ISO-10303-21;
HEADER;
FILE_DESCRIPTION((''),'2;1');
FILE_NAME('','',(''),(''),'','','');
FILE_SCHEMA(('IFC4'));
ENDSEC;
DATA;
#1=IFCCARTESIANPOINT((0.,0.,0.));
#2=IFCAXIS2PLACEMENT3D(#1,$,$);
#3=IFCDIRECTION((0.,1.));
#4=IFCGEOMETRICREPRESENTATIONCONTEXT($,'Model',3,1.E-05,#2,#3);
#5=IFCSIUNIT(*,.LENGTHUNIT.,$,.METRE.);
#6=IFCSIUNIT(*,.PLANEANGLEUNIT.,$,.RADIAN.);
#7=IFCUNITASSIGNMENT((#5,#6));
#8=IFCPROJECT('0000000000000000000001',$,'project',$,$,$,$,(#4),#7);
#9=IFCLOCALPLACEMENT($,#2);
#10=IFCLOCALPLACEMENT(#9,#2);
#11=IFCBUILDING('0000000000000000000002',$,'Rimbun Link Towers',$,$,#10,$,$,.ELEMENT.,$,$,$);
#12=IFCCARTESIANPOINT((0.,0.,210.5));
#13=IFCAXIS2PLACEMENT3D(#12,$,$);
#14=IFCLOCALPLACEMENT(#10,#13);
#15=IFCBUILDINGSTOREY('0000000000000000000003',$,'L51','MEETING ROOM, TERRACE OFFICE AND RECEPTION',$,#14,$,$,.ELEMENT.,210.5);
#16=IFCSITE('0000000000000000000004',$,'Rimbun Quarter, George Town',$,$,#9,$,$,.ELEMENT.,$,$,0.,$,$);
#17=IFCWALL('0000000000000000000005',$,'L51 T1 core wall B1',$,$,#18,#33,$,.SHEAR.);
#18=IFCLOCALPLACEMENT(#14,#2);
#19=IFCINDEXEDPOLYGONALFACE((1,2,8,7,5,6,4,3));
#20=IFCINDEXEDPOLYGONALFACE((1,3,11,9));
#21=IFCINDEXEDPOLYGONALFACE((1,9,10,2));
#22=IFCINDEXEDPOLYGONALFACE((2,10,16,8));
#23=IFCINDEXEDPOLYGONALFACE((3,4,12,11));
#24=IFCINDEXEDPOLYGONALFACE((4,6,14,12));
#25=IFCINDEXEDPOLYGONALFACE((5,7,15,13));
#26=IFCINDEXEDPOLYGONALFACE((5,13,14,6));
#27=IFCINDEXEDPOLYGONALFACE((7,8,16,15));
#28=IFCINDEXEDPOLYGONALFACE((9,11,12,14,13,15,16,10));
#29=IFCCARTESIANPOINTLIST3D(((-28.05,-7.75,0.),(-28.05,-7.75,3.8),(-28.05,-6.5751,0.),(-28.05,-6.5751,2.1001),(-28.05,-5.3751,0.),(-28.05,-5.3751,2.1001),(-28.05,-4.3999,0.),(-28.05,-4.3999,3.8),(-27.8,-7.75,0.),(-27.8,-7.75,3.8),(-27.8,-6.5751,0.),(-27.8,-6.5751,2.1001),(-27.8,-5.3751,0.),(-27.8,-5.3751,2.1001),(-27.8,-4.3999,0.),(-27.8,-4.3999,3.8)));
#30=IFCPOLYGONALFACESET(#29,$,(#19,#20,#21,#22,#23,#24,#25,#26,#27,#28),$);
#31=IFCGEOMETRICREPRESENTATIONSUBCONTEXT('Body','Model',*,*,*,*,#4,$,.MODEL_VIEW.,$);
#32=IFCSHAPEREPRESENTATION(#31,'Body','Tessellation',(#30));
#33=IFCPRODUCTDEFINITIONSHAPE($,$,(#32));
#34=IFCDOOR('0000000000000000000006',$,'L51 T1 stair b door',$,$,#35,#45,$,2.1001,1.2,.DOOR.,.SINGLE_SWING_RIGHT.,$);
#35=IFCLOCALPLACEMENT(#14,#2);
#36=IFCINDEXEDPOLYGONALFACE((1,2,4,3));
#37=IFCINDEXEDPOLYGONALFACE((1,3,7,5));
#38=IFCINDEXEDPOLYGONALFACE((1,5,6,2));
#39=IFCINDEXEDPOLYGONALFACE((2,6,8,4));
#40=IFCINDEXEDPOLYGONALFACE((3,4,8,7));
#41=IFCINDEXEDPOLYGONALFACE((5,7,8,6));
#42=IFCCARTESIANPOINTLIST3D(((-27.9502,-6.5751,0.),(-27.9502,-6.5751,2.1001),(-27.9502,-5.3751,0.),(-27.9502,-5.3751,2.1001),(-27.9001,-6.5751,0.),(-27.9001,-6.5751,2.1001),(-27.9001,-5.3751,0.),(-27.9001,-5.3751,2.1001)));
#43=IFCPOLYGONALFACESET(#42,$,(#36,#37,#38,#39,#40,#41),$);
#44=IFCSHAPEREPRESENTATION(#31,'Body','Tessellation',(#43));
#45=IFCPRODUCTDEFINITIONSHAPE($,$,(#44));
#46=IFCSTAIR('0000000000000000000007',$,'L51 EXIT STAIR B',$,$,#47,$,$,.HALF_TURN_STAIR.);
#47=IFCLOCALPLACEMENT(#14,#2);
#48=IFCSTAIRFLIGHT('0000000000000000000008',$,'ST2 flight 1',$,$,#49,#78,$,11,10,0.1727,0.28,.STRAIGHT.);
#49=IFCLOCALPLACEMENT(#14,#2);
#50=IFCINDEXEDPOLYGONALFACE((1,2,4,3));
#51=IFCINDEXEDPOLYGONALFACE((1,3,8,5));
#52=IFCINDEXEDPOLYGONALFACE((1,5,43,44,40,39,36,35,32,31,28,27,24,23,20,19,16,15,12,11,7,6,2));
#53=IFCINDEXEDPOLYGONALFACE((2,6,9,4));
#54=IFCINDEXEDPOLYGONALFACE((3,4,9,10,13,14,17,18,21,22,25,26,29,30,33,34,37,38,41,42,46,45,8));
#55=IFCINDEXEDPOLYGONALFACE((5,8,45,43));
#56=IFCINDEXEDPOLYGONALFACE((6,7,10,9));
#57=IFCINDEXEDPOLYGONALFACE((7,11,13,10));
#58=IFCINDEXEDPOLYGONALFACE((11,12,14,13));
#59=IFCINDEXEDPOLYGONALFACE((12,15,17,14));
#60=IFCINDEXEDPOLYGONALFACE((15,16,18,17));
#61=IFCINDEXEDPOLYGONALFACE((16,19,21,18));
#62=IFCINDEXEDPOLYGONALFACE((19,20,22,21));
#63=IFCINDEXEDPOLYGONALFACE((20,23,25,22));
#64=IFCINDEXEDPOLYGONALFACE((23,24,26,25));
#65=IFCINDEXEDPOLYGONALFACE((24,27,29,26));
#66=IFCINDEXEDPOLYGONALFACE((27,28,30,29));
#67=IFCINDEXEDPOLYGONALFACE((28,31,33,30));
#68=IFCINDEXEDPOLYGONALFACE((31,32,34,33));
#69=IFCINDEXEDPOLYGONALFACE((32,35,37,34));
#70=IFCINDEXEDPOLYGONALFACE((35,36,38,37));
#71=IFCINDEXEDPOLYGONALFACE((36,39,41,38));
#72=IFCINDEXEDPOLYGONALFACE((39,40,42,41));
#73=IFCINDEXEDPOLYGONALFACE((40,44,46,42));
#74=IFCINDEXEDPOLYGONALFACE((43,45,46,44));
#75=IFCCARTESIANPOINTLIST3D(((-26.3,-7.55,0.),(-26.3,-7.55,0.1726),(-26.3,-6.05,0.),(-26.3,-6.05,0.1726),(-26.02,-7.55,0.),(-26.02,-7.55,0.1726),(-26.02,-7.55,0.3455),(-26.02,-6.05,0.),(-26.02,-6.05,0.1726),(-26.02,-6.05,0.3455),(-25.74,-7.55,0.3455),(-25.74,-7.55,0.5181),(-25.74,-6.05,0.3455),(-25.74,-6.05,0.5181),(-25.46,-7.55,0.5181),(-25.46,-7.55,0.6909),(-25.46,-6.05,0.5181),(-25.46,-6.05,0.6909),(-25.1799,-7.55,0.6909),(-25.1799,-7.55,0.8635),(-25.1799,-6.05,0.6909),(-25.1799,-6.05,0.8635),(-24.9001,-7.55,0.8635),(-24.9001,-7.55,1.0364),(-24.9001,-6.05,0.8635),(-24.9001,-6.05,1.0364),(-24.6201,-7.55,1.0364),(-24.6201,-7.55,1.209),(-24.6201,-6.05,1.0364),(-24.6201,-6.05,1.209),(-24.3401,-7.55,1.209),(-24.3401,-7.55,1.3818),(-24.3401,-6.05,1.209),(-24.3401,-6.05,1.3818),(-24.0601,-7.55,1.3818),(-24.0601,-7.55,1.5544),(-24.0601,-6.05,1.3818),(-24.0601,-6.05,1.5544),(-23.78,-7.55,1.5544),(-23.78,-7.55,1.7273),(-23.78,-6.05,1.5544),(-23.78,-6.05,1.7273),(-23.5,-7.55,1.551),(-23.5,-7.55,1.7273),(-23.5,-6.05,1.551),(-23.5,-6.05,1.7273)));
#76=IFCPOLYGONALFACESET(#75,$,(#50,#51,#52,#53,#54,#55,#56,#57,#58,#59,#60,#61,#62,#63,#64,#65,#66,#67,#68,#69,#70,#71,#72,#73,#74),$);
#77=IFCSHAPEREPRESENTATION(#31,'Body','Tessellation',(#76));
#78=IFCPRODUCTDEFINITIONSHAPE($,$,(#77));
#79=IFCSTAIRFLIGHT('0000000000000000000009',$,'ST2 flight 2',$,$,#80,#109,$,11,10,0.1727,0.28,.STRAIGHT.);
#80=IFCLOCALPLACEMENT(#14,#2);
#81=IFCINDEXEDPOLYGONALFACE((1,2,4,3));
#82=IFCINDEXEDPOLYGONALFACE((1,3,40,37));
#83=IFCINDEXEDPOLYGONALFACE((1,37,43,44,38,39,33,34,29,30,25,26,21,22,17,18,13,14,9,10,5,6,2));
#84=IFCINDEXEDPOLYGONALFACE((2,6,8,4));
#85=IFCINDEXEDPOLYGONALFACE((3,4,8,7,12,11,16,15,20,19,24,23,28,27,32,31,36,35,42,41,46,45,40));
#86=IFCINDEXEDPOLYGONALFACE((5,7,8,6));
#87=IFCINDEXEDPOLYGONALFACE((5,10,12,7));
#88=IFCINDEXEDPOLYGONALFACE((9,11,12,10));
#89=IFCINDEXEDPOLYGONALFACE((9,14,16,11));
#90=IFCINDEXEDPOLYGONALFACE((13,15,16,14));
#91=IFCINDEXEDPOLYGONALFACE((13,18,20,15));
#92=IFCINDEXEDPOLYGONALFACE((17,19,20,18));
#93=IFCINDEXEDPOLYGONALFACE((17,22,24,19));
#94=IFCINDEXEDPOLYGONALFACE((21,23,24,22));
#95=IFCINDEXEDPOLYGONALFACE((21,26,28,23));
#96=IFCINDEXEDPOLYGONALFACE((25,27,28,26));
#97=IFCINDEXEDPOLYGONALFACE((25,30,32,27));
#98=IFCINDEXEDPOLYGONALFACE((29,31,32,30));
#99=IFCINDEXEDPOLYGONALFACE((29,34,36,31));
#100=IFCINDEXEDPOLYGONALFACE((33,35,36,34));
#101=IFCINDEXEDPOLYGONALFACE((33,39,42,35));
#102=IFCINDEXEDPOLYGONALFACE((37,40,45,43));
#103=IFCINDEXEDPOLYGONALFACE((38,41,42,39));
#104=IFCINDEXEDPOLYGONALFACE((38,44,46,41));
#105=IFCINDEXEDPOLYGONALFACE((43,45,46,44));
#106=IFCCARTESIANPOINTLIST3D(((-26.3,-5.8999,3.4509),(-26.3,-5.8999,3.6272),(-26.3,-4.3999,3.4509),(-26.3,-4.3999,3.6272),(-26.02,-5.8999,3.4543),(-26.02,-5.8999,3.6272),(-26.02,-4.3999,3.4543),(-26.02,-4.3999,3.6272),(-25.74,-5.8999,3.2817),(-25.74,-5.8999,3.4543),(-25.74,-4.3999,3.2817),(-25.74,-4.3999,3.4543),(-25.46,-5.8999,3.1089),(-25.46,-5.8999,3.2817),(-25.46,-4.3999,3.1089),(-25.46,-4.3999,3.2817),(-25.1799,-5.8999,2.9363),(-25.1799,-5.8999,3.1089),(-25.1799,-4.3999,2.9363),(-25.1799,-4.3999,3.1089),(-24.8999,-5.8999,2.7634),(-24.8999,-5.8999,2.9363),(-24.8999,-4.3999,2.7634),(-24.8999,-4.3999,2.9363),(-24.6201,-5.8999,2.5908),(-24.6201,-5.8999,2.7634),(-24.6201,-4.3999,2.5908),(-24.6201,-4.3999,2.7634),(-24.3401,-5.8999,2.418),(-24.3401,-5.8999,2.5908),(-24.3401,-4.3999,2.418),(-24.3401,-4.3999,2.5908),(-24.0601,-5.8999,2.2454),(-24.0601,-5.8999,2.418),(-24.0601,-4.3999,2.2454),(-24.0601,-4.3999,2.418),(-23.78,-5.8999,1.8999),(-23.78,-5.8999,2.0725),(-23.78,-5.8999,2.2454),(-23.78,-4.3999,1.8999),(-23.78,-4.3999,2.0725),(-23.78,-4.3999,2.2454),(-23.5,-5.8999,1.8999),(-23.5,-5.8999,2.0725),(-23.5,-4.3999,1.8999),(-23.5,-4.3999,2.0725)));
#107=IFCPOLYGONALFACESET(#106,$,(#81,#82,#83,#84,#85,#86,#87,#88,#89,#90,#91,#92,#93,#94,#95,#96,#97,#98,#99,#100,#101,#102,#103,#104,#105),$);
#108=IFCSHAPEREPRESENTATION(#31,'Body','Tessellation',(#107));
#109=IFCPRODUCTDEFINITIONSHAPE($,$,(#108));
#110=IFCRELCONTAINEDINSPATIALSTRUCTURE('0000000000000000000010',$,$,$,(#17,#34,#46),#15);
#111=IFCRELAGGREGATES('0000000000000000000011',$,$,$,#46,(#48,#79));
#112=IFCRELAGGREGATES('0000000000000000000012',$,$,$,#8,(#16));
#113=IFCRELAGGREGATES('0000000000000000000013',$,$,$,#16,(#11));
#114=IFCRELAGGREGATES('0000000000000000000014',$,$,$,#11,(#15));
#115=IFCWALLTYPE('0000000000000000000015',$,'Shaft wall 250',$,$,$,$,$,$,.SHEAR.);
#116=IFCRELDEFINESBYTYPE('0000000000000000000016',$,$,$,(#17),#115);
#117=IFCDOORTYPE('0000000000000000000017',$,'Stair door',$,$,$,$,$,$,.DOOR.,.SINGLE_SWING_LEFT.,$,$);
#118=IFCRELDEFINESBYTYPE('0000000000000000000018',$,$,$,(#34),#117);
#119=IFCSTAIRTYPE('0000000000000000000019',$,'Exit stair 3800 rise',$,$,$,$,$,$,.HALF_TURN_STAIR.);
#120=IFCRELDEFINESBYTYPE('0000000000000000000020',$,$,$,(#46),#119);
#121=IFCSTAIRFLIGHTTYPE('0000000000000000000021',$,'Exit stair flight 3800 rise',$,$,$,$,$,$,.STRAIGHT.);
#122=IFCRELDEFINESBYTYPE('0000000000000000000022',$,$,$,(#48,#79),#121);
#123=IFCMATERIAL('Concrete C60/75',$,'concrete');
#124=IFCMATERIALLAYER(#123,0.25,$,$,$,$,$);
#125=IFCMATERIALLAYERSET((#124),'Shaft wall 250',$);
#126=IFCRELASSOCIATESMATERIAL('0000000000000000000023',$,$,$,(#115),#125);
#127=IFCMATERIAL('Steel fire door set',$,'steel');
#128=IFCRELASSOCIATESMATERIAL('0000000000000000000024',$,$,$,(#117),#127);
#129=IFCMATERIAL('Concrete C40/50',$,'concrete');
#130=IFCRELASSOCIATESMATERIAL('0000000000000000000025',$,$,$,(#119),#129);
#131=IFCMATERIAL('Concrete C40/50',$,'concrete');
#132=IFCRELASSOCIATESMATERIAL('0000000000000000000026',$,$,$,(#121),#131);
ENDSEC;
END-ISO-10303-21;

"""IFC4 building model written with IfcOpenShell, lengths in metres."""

from ifc_helpers import new_model, si_unit, direction, frame, frame_2d, origin, place, context, subcontext, project, spatial, polyline, rectangle, outline, extrude, material, layer, layer_set, type_object, element, fill, aggregate, save


model = new_model("IFC4")

# Units and contexts
model_context = context("Model", 3, precision=1e-05, world=origin(), true_north=direction((0.0, 1.0)))
body_context = subcontext(model_context, "Body", "Model", "MODEL_VIEW")
ifc_project = project(units=[si_unit("LENGTHUNIT", "METRE"), si_unit("PLANEANGLEUNIT", "RADIAN")], contexts=[model_context])

# Site, building, storey
site_placement = place(None, origin())
site = spatial("IfcSite", under=ifc_project, at=site_placement, Name="Rimbun Quarter, George Town", CompositionType="ELEMENT", RefElevation=0.0)
building_placement = place(site_placement, origin())
building = spatial("IfcBuilding", under=site, at=building_placement, Name="Rimbun Link Towers", CompositionType="ELEMENT")
storey_placement = place(building_placement, frame((0.0, 0.0, 210.5)))
storey = spatial("IfcBuildingStorey", under=building, at=storey_placement, Name="L51", Description="MEETING ROOM, TERRACE OFFICE AND RECEPTION", CompositionType="ELEMENT", Elevation=210.5)

# Shared definitions
ifc_material_1 = material(Name="Concrete C60/75", Category="concrete")
ifc_layer_1 = layer(ifc_material_1, 0.25)
ifc_layer_set_1 = layer_set([ifc_layer_1], Name="Shaft wall 250")
wall_type_1 = type_object("IfcWallType", Name="Shaft wall 250", PredefinedType="SHEAR", material=ifc_layer_set_1)

# Wall, opening, door
wall_1_placement = place(storey_placement, frame((-27.925, -4.3999, 0.0), z_axis=(0.0, 0.0, 1.0), x_axis=(0.0, -1.0, 0.0)))
wall_1 = element("IfcWall", 1, at=wall_1_placement, inside=storey, type_object=wall_type_1, Name="L51 T1 core wall B1", PredefinedType="SHEAR", context=body_context, shape_type="SweptSolid", body=[
    extrude(rectangle(XDim=3.3501, YDim=0.25, at=frame_2d((1.675, 0.0))), origin(), (0.0, 0.0, 1.0), 3.8),
])
opening_1_placement = place(wall_1_placement, frame((0.9751, 0.0, 0.0)))
opening_1 = element("IfcOpeningElement", 2, at=opening_1_placement, cuts=wall_1, PredefinedType="OPENING", context=body_context, shape_type="SweptSolid", body=[
    extrude(rectangle(XDim=1.2, YDim=2.1001, at=frame_2d((0.6001, 1.05))), frame((0.0, 0.135, 0.0), z_axis=(0.0, -1.0, 0.0), x_axis=(1.0, 0.0, 0.0)), (0.0, 0.0, 1.0), 0.27),
])
ifc_material_2 = material(Name="Steel fire door set", Category="steel")
door_type_1 = type_object("IfcDoorType", Name="Stair door", OperationType="SINGLE_SWING_LEFT", PredefinedType="DOOR", material=ifc_material_2)
door_1_placement = place(opening_1_placement, origin())
door_1 = element("IfcDoor", 3, at=door_1_placement, inside=storey, type_object=door_type_1, Name="L51 T1 stair b door", OperationType="SINGLE_SWING_RIGHT", OverallHeight=2.1001, OverallWidth=1.2, PredefinedType="DOOR", context=body_context, shape_type="SweptSolid", body=[
    extrude(rectangle(XDim=1.2, YDim=2.1001, at=frame_2d((0.6001, 1.05))), frame((0.0, 0.0249, 0.0), z_axis=(0.0, -1.0, 0.0), x_axis=(1.0, 0.0, 0.0)), (0.0, 0.0, 1.0), 0.05),
])
fill(opening_1, door_1)

# Stair, stair flights
ifc_material_3 = material(Name="Concrete C40/50", Category="concrete")
stair_type = type_object("IfcStairType", Name="Exit stair 3800 rise", PredefinedType="HALF_TURN_STAIR", material=ifc_material_3)
stair_placement = place(storey_placement, origin())
stair = element("IfcStair", 4, at=stair_placement, inside=storey, type_object=stair_type, Name="L51 EXIT STAIR B", PredefinedType="HALF_TURN_STAIR")
ifc_material_4 = material(Name="Concrete C40/50", Category="concrete")
stair_flight_type = type_object("IfcStairFlightType", Name="Exit stair flight 3800 rise", PredefinedType="STRAIGHT", material=ifc_material_4)
stair_flight_1_placement = place(storey_placement, frame((-26.3, -6.8, 0.0), z_axis=(0.0, 0.0, 1.0), x_axis=(1.0, 0.0, 0.0)))
stair_flight_1 = element("IfcStairFlight", 5, at=stair_flight_1_placement, type_object=stair_flight_type, Name="ST2 flight 1", NumberOfRisers=11, NumberOfTreads=10, PredefinedType="STRAIGHT", RiserHeight=0.1727, TreadLength=0.28, context=body_context, shape_type="SweptSolid", body=[
    extrude(outline(polyline([(0.0, 0.0), (0.0, 0.1726), (0.28, 0.1726), (0.28, 0.3455), (0.5601, 0.3455), (0.5601, 0.5181), (0.8401, 0.5181), (0.8401, 0.6909), (1.1201, 0.6909), (1.1201, 0.8635), (1.3999, 0.8635), (1.3999, 1.0364), (1.6799, 1.0364), (1.6799, 1.209), (1.96, 1.209), (1.96, 1.3818), (2.24, 1.3818), (2.24, 1.5544), (2.52, 1.5544), (2.52, 1.7273), (2.8, 1.7273), (2.8, 1.8999), (2.8, 1.551), (0.28, 0.0), (0.0, 0.0)])), frame((0.0, 0.75, 0.0), z_axis=(0.0, -1.0, 0.0), x_axis=(1.0, 0.0, 0.0)), (0.0, 0.0, 1.0), 1.5),
])
stair_flight_2_placement = place(storey_placement, frame((-23.5, -5.1499, 1.8999), z_axis=(0.0, 0.0, 1.0), x_axis=(-1.0, 0.0, 0.0)))
stair_flight_2 = element("IfcStairFlight", 6, at=stair_flight_2_placement, type_object=stair_flight_type, Name="ST2 flight 2", NumberOfRisers=11, NumberOfTreads=10, PredefinedType="STRAIGHT", RiserHeight=0.1727, TreadLength=0.28, context=body_context, shape_type="SweptSolid", body=[
    extrude(outline(polyline([(0.0, 0.0), (0.0, 0.1726), (0.28, 0.1726), (0.28, 0.3455), (0.5601, 0.3455), (0.5601, 0.5181), (0.8401, 0.5181), (0.8401, 0.6909), (1.1201, 0.6909), (1.1201, 0.8635), (1.3999, 0.8635), (1.3999, 1.0364), (1.6799, 1.0364), (1.6799, 1.209), (1.96, 1.209), (1.96, 1.3818), (2.24, 1.3818), (2.24, 1.5544), (2.52, 1.5544), (2.52, 1.7273), (2.8, 1.7273), (2.8, 1.8999), (2.8, 1.551), (0.28, 0.0), (0.0, 0.0)])), frame((0.0, 0.75, 0.0), z_axis=(0.0, -1.0, 0.0), x_axis=(1.0, 0.0, 0.0)), (0.0, 0.0, 1.0), 1.5),
])
aggregate(stair, [stair_flight_1, stair_flight_2])

save(model, "model.ifc")
